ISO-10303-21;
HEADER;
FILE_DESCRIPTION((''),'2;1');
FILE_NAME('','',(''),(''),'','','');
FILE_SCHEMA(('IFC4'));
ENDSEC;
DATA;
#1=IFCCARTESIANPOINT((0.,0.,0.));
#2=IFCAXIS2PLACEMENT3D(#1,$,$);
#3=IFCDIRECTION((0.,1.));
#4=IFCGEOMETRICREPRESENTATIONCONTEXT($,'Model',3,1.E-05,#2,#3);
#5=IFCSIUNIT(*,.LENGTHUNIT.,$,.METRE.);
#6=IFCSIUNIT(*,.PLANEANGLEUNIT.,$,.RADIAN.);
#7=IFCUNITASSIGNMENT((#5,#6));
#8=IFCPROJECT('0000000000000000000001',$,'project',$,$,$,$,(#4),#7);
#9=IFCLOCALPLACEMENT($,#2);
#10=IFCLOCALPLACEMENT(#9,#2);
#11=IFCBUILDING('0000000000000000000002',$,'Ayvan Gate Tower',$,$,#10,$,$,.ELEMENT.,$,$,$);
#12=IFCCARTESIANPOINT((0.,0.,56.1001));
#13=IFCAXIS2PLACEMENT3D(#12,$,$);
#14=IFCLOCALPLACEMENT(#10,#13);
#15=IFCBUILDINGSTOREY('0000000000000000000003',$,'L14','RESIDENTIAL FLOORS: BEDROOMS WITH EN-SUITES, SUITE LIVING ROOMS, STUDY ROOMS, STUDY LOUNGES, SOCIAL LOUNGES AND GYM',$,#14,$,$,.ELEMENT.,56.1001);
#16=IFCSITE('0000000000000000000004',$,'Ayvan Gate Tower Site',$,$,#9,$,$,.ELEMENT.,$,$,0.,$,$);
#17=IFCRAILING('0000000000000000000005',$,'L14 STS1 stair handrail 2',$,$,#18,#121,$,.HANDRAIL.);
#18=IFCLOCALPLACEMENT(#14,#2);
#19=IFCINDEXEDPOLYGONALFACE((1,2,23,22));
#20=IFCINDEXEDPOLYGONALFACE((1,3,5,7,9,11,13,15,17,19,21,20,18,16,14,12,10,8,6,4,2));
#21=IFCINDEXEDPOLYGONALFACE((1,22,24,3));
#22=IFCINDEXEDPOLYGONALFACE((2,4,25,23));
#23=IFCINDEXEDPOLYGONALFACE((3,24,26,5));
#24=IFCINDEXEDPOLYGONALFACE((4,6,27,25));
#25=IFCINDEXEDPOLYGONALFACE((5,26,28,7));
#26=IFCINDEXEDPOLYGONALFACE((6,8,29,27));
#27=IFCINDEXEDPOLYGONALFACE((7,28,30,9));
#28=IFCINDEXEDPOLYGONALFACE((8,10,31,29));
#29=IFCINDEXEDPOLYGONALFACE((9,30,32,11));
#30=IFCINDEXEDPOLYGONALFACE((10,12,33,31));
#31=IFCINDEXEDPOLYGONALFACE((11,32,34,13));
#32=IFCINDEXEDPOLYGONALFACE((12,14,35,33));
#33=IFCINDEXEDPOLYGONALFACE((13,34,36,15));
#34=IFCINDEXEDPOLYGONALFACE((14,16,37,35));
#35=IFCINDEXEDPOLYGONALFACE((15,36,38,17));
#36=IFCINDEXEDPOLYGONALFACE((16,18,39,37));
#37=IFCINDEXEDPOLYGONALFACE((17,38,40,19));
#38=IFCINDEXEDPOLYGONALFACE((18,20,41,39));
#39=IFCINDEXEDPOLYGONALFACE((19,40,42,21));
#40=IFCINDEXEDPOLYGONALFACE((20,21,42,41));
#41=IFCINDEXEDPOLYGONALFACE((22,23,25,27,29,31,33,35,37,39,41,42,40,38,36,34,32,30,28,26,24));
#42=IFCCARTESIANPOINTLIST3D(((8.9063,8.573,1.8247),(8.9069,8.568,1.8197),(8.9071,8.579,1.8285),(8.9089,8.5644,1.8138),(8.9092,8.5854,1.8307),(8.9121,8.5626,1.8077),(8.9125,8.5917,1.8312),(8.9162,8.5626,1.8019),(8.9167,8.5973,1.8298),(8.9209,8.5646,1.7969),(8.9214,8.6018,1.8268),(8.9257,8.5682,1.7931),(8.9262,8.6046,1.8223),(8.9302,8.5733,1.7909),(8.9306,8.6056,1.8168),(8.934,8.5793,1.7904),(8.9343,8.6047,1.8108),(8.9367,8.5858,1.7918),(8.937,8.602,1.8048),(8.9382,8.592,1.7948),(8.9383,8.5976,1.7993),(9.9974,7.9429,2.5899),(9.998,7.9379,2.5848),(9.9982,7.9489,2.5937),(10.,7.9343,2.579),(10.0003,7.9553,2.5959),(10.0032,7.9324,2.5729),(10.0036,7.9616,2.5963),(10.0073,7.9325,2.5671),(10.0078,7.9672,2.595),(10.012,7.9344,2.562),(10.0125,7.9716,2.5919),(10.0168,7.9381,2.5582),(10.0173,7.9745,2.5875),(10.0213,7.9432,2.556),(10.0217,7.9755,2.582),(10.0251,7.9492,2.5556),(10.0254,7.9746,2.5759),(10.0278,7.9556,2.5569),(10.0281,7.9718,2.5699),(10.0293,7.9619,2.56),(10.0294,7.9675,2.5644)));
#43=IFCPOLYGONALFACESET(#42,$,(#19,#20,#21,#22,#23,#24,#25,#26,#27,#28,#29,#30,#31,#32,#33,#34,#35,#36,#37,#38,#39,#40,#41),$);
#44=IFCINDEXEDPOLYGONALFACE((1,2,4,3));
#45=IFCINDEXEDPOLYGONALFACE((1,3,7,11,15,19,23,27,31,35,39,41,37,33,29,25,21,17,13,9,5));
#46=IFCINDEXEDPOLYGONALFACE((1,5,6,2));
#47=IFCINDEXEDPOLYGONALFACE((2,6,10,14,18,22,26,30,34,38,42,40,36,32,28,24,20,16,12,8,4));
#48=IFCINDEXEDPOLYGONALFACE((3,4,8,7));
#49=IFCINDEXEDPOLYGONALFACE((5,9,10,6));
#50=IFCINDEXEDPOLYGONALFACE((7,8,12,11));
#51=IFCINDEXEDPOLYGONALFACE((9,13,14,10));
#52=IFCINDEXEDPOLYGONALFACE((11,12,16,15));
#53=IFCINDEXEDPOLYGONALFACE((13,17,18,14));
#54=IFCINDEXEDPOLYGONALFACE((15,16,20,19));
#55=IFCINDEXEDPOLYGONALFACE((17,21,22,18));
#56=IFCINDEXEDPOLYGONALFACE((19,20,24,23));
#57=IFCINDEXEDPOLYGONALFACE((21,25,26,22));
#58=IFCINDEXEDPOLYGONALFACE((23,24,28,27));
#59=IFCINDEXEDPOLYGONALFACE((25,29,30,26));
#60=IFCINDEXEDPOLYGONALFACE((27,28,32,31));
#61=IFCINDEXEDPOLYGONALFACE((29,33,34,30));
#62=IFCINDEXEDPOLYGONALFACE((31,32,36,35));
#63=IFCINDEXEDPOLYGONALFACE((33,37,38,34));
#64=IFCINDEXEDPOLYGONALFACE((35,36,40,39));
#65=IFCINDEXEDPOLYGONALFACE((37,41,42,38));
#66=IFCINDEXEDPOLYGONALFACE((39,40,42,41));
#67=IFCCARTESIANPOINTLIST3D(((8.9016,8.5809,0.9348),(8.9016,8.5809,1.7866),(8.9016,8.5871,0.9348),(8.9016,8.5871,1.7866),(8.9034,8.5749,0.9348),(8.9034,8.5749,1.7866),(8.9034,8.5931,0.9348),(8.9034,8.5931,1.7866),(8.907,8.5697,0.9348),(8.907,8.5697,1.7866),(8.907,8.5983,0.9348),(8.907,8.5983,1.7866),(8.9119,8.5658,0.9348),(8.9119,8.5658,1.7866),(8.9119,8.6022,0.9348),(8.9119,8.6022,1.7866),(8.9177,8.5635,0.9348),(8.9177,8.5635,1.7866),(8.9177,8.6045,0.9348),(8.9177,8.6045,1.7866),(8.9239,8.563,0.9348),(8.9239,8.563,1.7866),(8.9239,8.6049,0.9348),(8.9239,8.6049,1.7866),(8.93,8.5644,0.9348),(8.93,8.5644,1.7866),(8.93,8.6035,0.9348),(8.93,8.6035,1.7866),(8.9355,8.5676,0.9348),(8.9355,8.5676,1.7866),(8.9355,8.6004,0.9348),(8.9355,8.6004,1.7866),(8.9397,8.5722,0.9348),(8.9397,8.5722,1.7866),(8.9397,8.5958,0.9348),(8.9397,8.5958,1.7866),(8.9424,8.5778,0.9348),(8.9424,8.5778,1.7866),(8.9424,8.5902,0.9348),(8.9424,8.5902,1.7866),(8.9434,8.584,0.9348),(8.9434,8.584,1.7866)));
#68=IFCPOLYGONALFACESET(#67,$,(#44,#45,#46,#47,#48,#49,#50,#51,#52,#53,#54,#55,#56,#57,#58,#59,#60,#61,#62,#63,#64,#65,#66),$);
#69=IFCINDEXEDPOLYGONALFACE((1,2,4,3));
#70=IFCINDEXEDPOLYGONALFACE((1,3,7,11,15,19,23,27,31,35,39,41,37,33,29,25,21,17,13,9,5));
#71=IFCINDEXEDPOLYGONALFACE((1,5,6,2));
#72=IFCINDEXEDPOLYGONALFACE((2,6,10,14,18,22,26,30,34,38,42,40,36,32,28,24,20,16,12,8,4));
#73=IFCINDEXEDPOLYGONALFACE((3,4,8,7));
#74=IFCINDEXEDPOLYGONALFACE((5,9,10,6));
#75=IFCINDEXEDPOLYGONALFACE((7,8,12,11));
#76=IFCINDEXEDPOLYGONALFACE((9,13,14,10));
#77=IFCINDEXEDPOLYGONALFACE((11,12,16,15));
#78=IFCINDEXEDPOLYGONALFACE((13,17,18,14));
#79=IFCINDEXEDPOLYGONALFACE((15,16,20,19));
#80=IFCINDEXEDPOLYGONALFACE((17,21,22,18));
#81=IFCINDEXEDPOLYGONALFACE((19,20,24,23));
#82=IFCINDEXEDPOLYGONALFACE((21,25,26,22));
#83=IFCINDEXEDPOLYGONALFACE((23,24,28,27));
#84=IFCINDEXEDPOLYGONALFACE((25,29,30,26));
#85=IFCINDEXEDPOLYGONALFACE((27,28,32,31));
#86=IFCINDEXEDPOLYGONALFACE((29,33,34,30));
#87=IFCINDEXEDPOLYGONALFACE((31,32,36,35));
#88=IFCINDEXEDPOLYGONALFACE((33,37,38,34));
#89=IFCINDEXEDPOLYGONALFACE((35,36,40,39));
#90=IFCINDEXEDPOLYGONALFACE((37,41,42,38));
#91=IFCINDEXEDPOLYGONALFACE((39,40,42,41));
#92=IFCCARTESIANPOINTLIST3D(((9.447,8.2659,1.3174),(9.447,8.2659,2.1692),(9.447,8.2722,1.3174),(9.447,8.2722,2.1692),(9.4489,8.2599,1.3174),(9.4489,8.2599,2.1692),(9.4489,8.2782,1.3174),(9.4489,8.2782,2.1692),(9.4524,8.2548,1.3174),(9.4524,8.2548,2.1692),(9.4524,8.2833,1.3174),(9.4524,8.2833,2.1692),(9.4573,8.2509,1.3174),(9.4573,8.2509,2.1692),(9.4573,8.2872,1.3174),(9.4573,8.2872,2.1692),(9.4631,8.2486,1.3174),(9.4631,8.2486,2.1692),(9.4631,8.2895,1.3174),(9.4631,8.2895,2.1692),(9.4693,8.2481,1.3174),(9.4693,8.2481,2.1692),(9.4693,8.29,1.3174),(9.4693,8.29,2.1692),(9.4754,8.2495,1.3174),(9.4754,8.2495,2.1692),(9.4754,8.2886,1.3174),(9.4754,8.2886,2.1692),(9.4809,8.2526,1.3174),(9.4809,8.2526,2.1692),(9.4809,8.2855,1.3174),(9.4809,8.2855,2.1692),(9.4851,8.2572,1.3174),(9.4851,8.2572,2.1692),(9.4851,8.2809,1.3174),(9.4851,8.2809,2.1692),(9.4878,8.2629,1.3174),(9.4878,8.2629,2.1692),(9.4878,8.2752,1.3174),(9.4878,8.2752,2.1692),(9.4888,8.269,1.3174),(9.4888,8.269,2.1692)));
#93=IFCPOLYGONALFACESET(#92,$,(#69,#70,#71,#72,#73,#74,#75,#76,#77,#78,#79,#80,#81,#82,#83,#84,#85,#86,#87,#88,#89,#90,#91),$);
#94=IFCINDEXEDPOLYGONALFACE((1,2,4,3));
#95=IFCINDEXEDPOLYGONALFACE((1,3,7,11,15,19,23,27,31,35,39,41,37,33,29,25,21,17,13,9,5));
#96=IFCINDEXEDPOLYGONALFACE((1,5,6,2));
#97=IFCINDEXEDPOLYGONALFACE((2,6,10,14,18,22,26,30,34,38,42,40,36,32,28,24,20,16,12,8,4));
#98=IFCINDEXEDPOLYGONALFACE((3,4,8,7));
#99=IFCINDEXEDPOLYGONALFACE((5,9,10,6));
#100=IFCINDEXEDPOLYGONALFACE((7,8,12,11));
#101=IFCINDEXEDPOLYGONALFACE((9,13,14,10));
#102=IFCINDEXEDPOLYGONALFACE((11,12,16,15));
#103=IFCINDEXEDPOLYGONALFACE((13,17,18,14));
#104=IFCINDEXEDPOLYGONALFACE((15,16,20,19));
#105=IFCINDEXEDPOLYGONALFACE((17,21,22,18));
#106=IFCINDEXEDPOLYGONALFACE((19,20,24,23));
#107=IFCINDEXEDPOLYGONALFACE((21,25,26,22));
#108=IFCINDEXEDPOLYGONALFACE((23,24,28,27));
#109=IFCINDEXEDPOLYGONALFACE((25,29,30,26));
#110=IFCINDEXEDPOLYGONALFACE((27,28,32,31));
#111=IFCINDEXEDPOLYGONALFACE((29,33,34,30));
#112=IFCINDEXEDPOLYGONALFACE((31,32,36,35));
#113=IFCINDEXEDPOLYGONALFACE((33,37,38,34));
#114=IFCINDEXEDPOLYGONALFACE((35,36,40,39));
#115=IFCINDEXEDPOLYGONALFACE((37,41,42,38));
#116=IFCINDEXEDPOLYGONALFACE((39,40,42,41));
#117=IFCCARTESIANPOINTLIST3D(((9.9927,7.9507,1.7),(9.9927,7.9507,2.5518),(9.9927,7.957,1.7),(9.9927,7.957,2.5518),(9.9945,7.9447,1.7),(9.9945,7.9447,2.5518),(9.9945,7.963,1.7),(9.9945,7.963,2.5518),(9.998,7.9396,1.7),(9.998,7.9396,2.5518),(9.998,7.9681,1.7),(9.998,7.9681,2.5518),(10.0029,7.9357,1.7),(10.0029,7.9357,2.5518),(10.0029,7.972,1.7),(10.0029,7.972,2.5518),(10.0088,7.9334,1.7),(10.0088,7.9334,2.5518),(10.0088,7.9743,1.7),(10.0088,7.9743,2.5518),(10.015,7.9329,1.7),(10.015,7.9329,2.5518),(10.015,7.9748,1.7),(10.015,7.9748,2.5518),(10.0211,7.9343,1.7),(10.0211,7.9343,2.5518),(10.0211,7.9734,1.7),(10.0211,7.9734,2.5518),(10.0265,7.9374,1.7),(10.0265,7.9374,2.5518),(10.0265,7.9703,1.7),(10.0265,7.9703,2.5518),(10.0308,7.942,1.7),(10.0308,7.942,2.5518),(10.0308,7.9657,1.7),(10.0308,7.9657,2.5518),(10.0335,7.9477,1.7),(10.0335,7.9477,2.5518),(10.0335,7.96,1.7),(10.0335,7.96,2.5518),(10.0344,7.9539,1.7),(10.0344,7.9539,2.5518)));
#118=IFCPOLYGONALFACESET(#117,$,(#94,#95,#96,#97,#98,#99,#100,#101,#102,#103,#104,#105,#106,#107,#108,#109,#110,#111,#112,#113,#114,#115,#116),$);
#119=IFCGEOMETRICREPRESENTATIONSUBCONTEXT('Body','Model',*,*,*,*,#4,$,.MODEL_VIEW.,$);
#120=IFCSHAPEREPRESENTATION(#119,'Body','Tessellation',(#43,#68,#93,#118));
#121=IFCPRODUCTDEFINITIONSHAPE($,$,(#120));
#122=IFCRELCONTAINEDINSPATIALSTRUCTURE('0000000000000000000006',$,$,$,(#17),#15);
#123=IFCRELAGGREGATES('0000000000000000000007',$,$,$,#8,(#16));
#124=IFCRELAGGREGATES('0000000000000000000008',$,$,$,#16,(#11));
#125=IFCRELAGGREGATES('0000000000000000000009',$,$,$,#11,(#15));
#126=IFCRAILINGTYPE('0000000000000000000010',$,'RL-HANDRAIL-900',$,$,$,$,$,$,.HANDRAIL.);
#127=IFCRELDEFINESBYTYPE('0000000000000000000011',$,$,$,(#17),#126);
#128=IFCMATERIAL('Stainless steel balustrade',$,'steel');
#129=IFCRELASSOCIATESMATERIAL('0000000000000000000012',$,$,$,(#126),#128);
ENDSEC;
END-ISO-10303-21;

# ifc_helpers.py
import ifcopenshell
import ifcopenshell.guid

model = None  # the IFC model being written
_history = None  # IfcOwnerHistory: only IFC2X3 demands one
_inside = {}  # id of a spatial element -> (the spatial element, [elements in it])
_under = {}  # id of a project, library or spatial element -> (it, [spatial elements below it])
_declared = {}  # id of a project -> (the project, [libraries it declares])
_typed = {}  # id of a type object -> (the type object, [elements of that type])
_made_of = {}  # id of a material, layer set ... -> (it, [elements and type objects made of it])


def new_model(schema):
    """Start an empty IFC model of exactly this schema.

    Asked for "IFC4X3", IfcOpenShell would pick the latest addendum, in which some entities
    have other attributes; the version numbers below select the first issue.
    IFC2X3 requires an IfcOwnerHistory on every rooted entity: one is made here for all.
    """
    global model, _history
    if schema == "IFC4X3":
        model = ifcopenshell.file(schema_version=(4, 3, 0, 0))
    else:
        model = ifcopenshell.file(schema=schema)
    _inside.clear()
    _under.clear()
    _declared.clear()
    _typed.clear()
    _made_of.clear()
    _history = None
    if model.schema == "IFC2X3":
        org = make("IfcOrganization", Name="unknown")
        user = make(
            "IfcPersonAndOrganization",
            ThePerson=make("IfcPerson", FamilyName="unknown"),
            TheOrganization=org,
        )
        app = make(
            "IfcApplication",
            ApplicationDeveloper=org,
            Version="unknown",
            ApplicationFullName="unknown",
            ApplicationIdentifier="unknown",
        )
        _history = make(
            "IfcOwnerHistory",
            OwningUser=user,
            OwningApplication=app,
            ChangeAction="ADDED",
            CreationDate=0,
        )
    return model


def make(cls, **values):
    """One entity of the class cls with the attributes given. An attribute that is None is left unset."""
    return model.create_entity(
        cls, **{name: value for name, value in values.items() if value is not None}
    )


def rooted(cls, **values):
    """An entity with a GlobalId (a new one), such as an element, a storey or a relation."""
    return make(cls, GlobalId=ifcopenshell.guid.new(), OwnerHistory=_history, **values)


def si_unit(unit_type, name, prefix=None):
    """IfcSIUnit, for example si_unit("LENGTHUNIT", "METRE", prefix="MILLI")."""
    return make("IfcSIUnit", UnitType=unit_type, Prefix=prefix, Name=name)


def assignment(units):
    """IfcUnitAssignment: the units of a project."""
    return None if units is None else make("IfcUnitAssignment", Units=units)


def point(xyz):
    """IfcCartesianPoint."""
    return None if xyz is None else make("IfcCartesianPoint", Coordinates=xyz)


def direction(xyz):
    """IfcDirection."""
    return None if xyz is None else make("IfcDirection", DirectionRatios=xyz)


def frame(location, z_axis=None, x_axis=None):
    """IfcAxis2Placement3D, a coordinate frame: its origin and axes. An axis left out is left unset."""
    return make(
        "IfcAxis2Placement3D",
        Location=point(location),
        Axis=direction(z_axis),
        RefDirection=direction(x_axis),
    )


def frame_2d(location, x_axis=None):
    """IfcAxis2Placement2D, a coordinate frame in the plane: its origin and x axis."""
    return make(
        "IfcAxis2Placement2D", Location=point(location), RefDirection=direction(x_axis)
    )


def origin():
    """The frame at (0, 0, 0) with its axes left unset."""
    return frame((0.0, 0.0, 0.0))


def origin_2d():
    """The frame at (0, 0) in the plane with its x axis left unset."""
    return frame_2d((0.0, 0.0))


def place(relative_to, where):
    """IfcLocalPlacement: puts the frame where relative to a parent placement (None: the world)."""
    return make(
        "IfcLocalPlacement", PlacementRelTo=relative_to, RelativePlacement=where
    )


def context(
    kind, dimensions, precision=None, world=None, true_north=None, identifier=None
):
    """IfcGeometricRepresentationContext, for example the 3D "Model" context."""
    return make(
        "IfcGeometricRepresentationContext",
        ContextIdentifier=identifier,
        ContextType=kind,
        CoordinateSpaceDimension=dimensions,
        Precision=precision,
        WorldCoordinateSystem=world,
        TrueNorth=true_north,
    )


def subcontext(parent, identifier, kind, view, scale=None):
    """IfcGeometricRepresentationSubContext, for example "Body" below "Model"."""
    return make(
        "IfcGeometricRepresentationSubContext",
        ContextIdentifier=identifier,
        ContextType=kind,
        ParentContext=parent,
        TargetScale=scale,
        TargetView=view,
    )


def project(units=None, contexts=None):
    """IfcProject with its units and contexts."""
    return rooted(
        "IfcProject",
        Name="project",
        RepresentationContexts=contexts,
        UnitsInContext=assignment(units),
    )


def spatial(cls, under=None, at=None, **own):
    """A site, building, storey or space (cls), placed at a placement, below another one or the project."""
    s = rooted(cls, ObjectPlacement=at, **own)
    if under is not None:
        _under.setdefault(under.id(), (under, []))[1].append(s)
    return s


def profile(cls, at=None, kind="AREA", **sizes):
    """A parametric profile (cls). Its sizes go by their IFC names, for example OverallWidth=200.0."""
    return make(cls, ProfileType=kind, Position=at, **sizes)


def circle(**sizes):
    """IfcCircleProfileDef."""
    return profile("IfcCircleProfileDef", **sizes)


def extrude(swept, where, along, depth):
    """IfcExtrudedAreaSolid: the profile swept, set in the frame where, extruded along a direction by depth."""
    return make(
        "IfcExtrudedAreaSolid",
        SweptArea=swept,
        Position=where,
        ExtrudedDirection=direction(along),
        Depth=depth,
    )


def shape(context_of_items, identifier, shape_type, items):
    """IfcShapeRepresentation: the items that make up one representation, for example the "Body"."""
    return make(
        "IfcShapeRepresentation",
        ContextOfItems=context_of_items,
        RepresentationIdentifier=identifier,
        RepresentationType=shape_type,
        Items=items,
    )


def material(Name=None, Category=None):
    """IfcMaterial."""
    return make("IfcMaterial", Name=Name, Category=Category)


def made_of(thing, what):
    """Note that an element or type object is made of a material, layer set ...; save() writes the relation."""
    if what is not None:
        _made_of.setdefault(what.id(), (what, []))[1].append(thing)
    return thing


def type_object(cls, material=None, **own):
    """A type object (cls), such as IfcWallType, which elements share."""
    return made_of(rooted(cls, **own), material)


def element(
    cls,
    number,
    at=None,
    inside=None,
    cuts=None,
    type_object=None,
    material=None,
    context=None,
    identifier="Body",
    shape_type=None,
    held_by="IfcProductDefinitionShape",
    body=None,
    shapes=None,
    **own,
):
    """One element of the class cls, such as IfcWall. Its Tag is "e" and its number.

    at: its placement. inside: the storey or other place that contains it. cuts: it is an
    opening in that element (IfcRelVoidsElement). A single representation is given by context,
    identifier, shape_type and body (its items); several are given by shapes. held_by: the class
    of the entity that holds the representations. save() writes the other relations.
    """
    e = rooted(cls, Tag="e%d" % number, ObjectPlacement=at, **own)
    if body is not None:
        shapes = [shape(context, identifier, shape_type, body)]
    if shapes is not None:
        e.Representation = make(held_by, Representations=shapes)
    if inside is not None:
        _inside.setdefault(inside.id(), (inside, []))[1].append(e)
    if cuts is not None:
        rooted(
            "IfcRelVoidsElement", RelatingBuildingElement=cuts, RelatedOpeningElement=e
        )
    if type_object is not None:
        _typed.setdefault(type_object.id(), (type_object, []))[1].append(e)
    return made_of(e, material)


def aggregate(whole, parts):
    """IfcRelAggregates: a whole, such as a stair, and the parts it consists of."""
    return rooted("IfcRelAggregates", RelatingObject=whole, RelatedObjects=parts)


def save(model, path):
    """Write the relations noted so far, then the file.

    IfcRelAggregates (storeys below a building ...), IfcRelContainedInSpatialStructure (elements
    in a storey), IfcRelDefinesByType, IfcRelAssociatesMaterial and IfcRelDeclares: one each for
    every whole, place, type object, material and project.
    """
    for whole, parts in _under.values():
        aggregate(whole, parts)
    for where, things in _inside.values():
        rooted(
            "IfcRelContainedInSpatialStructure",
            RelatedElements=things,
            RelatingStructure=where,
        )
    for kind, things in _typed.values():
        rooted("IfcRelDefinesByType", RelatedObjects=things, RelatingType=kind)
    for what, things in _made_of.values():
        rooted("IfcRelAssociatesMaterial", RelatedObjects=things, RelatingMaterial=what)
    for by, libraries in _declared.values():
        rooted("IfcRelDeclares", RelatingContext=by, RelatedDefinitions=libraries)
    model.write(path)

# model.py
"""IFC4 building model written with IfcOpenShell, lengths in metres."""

from ifc_helpers import new_model, si_unit, direction, frame, origin, origin_2d, place, context, subcontext, project, spatial, circle, extrude, material, type_object, element, save


model = new_model("IFC4")

# Units and contexts
model_context = context("Model", 3, precision=1e-05, world=origin(), true_north=direction((0.0, 1.0)))
body_context = subcontext(model_context, "Body", "Model", "MODEL_VIEW")
ifc_project = project(units=[si_unit("LENGTHUNIT", "METRE"), si_unit("PLANEANGLEUNIT", "RADIAN")], contexts=[model_context])

# Site, building, storey
site_placement = place(None, origin())
site = spatial("IfcSite", under=ifc_project, at=site_placement, Name="Ayvan Gate Tower Site", CompositionType="ELEMENT", RefElevation=0.0)
building_placement = place(site_placement, origin())
building = spatial("IfcBuilding", under=site, at=building_placement, Name="Ayvan Gate Tower", CompositionType="ELEMENT")
storey_placement = place(building_placement, frame((0.0, 0.0, 56.1001)))
storey = spatial("IfcBuildingStorey", under=building, at=storey_placement, Name="L14", Description="RESIDENTIAL FLOORS: BEDROOMS WITH EN-SUITES, SUITE LIVING ROOMS, STUDY ROOMS, STUDY LOUNGES, SOCIAL LOUNGES AND GYM", CompositionType="ELEMENT", Elevation=56.1001)

# Railing
ifc_material_1 = material(Name="Stainless steel balustrade", Category="steel")
railing_type_1 = type_object("IfcRailingType", Name="RL-HANDRAIL-900", PredefinedType="HANDRAIL", material=ifc_material_1)
railing_1_placement = place(storey_placement, frame((8.9224, 8.584, 0.9348)))
element("IfcRailing", 1, at=railing_1_placement, inside=storey, type_object=railing_type_1, Name="L14 STS1 stair handrail 2", PredefinedType="HANDRAIL", context=body_context, shape_type="SweptSolid", body=[
    extrude(circle(Radius=0.0239, at=origin_2d()), frame((0.0, 0.0, 0.876), z_axis=(0.740166, -0.427471, 0.51906), x_axis=(0.500119, 0.865956, 0.0)), (0.0, 0.0, 1.0), 1.4741),
    extrude(circle(Radius=0.021, at=origin_2d()), origin(), (0.0, 0.0, 1.0), 0.8518),
    extrude(circle(Radius=0.021, at=origin_2d()), frame((0.5454, -0.3149, 0.3826)), (0.0, 0.0, 1.0), 0.8518),
    extrude(circle(Radius=0.021, at=origin_2d()), frame((1.0911, -0.6301, 0.7651)), (0.0, 0.0, 1.0), 0.8518),
])

save(model, "model.ifc")
